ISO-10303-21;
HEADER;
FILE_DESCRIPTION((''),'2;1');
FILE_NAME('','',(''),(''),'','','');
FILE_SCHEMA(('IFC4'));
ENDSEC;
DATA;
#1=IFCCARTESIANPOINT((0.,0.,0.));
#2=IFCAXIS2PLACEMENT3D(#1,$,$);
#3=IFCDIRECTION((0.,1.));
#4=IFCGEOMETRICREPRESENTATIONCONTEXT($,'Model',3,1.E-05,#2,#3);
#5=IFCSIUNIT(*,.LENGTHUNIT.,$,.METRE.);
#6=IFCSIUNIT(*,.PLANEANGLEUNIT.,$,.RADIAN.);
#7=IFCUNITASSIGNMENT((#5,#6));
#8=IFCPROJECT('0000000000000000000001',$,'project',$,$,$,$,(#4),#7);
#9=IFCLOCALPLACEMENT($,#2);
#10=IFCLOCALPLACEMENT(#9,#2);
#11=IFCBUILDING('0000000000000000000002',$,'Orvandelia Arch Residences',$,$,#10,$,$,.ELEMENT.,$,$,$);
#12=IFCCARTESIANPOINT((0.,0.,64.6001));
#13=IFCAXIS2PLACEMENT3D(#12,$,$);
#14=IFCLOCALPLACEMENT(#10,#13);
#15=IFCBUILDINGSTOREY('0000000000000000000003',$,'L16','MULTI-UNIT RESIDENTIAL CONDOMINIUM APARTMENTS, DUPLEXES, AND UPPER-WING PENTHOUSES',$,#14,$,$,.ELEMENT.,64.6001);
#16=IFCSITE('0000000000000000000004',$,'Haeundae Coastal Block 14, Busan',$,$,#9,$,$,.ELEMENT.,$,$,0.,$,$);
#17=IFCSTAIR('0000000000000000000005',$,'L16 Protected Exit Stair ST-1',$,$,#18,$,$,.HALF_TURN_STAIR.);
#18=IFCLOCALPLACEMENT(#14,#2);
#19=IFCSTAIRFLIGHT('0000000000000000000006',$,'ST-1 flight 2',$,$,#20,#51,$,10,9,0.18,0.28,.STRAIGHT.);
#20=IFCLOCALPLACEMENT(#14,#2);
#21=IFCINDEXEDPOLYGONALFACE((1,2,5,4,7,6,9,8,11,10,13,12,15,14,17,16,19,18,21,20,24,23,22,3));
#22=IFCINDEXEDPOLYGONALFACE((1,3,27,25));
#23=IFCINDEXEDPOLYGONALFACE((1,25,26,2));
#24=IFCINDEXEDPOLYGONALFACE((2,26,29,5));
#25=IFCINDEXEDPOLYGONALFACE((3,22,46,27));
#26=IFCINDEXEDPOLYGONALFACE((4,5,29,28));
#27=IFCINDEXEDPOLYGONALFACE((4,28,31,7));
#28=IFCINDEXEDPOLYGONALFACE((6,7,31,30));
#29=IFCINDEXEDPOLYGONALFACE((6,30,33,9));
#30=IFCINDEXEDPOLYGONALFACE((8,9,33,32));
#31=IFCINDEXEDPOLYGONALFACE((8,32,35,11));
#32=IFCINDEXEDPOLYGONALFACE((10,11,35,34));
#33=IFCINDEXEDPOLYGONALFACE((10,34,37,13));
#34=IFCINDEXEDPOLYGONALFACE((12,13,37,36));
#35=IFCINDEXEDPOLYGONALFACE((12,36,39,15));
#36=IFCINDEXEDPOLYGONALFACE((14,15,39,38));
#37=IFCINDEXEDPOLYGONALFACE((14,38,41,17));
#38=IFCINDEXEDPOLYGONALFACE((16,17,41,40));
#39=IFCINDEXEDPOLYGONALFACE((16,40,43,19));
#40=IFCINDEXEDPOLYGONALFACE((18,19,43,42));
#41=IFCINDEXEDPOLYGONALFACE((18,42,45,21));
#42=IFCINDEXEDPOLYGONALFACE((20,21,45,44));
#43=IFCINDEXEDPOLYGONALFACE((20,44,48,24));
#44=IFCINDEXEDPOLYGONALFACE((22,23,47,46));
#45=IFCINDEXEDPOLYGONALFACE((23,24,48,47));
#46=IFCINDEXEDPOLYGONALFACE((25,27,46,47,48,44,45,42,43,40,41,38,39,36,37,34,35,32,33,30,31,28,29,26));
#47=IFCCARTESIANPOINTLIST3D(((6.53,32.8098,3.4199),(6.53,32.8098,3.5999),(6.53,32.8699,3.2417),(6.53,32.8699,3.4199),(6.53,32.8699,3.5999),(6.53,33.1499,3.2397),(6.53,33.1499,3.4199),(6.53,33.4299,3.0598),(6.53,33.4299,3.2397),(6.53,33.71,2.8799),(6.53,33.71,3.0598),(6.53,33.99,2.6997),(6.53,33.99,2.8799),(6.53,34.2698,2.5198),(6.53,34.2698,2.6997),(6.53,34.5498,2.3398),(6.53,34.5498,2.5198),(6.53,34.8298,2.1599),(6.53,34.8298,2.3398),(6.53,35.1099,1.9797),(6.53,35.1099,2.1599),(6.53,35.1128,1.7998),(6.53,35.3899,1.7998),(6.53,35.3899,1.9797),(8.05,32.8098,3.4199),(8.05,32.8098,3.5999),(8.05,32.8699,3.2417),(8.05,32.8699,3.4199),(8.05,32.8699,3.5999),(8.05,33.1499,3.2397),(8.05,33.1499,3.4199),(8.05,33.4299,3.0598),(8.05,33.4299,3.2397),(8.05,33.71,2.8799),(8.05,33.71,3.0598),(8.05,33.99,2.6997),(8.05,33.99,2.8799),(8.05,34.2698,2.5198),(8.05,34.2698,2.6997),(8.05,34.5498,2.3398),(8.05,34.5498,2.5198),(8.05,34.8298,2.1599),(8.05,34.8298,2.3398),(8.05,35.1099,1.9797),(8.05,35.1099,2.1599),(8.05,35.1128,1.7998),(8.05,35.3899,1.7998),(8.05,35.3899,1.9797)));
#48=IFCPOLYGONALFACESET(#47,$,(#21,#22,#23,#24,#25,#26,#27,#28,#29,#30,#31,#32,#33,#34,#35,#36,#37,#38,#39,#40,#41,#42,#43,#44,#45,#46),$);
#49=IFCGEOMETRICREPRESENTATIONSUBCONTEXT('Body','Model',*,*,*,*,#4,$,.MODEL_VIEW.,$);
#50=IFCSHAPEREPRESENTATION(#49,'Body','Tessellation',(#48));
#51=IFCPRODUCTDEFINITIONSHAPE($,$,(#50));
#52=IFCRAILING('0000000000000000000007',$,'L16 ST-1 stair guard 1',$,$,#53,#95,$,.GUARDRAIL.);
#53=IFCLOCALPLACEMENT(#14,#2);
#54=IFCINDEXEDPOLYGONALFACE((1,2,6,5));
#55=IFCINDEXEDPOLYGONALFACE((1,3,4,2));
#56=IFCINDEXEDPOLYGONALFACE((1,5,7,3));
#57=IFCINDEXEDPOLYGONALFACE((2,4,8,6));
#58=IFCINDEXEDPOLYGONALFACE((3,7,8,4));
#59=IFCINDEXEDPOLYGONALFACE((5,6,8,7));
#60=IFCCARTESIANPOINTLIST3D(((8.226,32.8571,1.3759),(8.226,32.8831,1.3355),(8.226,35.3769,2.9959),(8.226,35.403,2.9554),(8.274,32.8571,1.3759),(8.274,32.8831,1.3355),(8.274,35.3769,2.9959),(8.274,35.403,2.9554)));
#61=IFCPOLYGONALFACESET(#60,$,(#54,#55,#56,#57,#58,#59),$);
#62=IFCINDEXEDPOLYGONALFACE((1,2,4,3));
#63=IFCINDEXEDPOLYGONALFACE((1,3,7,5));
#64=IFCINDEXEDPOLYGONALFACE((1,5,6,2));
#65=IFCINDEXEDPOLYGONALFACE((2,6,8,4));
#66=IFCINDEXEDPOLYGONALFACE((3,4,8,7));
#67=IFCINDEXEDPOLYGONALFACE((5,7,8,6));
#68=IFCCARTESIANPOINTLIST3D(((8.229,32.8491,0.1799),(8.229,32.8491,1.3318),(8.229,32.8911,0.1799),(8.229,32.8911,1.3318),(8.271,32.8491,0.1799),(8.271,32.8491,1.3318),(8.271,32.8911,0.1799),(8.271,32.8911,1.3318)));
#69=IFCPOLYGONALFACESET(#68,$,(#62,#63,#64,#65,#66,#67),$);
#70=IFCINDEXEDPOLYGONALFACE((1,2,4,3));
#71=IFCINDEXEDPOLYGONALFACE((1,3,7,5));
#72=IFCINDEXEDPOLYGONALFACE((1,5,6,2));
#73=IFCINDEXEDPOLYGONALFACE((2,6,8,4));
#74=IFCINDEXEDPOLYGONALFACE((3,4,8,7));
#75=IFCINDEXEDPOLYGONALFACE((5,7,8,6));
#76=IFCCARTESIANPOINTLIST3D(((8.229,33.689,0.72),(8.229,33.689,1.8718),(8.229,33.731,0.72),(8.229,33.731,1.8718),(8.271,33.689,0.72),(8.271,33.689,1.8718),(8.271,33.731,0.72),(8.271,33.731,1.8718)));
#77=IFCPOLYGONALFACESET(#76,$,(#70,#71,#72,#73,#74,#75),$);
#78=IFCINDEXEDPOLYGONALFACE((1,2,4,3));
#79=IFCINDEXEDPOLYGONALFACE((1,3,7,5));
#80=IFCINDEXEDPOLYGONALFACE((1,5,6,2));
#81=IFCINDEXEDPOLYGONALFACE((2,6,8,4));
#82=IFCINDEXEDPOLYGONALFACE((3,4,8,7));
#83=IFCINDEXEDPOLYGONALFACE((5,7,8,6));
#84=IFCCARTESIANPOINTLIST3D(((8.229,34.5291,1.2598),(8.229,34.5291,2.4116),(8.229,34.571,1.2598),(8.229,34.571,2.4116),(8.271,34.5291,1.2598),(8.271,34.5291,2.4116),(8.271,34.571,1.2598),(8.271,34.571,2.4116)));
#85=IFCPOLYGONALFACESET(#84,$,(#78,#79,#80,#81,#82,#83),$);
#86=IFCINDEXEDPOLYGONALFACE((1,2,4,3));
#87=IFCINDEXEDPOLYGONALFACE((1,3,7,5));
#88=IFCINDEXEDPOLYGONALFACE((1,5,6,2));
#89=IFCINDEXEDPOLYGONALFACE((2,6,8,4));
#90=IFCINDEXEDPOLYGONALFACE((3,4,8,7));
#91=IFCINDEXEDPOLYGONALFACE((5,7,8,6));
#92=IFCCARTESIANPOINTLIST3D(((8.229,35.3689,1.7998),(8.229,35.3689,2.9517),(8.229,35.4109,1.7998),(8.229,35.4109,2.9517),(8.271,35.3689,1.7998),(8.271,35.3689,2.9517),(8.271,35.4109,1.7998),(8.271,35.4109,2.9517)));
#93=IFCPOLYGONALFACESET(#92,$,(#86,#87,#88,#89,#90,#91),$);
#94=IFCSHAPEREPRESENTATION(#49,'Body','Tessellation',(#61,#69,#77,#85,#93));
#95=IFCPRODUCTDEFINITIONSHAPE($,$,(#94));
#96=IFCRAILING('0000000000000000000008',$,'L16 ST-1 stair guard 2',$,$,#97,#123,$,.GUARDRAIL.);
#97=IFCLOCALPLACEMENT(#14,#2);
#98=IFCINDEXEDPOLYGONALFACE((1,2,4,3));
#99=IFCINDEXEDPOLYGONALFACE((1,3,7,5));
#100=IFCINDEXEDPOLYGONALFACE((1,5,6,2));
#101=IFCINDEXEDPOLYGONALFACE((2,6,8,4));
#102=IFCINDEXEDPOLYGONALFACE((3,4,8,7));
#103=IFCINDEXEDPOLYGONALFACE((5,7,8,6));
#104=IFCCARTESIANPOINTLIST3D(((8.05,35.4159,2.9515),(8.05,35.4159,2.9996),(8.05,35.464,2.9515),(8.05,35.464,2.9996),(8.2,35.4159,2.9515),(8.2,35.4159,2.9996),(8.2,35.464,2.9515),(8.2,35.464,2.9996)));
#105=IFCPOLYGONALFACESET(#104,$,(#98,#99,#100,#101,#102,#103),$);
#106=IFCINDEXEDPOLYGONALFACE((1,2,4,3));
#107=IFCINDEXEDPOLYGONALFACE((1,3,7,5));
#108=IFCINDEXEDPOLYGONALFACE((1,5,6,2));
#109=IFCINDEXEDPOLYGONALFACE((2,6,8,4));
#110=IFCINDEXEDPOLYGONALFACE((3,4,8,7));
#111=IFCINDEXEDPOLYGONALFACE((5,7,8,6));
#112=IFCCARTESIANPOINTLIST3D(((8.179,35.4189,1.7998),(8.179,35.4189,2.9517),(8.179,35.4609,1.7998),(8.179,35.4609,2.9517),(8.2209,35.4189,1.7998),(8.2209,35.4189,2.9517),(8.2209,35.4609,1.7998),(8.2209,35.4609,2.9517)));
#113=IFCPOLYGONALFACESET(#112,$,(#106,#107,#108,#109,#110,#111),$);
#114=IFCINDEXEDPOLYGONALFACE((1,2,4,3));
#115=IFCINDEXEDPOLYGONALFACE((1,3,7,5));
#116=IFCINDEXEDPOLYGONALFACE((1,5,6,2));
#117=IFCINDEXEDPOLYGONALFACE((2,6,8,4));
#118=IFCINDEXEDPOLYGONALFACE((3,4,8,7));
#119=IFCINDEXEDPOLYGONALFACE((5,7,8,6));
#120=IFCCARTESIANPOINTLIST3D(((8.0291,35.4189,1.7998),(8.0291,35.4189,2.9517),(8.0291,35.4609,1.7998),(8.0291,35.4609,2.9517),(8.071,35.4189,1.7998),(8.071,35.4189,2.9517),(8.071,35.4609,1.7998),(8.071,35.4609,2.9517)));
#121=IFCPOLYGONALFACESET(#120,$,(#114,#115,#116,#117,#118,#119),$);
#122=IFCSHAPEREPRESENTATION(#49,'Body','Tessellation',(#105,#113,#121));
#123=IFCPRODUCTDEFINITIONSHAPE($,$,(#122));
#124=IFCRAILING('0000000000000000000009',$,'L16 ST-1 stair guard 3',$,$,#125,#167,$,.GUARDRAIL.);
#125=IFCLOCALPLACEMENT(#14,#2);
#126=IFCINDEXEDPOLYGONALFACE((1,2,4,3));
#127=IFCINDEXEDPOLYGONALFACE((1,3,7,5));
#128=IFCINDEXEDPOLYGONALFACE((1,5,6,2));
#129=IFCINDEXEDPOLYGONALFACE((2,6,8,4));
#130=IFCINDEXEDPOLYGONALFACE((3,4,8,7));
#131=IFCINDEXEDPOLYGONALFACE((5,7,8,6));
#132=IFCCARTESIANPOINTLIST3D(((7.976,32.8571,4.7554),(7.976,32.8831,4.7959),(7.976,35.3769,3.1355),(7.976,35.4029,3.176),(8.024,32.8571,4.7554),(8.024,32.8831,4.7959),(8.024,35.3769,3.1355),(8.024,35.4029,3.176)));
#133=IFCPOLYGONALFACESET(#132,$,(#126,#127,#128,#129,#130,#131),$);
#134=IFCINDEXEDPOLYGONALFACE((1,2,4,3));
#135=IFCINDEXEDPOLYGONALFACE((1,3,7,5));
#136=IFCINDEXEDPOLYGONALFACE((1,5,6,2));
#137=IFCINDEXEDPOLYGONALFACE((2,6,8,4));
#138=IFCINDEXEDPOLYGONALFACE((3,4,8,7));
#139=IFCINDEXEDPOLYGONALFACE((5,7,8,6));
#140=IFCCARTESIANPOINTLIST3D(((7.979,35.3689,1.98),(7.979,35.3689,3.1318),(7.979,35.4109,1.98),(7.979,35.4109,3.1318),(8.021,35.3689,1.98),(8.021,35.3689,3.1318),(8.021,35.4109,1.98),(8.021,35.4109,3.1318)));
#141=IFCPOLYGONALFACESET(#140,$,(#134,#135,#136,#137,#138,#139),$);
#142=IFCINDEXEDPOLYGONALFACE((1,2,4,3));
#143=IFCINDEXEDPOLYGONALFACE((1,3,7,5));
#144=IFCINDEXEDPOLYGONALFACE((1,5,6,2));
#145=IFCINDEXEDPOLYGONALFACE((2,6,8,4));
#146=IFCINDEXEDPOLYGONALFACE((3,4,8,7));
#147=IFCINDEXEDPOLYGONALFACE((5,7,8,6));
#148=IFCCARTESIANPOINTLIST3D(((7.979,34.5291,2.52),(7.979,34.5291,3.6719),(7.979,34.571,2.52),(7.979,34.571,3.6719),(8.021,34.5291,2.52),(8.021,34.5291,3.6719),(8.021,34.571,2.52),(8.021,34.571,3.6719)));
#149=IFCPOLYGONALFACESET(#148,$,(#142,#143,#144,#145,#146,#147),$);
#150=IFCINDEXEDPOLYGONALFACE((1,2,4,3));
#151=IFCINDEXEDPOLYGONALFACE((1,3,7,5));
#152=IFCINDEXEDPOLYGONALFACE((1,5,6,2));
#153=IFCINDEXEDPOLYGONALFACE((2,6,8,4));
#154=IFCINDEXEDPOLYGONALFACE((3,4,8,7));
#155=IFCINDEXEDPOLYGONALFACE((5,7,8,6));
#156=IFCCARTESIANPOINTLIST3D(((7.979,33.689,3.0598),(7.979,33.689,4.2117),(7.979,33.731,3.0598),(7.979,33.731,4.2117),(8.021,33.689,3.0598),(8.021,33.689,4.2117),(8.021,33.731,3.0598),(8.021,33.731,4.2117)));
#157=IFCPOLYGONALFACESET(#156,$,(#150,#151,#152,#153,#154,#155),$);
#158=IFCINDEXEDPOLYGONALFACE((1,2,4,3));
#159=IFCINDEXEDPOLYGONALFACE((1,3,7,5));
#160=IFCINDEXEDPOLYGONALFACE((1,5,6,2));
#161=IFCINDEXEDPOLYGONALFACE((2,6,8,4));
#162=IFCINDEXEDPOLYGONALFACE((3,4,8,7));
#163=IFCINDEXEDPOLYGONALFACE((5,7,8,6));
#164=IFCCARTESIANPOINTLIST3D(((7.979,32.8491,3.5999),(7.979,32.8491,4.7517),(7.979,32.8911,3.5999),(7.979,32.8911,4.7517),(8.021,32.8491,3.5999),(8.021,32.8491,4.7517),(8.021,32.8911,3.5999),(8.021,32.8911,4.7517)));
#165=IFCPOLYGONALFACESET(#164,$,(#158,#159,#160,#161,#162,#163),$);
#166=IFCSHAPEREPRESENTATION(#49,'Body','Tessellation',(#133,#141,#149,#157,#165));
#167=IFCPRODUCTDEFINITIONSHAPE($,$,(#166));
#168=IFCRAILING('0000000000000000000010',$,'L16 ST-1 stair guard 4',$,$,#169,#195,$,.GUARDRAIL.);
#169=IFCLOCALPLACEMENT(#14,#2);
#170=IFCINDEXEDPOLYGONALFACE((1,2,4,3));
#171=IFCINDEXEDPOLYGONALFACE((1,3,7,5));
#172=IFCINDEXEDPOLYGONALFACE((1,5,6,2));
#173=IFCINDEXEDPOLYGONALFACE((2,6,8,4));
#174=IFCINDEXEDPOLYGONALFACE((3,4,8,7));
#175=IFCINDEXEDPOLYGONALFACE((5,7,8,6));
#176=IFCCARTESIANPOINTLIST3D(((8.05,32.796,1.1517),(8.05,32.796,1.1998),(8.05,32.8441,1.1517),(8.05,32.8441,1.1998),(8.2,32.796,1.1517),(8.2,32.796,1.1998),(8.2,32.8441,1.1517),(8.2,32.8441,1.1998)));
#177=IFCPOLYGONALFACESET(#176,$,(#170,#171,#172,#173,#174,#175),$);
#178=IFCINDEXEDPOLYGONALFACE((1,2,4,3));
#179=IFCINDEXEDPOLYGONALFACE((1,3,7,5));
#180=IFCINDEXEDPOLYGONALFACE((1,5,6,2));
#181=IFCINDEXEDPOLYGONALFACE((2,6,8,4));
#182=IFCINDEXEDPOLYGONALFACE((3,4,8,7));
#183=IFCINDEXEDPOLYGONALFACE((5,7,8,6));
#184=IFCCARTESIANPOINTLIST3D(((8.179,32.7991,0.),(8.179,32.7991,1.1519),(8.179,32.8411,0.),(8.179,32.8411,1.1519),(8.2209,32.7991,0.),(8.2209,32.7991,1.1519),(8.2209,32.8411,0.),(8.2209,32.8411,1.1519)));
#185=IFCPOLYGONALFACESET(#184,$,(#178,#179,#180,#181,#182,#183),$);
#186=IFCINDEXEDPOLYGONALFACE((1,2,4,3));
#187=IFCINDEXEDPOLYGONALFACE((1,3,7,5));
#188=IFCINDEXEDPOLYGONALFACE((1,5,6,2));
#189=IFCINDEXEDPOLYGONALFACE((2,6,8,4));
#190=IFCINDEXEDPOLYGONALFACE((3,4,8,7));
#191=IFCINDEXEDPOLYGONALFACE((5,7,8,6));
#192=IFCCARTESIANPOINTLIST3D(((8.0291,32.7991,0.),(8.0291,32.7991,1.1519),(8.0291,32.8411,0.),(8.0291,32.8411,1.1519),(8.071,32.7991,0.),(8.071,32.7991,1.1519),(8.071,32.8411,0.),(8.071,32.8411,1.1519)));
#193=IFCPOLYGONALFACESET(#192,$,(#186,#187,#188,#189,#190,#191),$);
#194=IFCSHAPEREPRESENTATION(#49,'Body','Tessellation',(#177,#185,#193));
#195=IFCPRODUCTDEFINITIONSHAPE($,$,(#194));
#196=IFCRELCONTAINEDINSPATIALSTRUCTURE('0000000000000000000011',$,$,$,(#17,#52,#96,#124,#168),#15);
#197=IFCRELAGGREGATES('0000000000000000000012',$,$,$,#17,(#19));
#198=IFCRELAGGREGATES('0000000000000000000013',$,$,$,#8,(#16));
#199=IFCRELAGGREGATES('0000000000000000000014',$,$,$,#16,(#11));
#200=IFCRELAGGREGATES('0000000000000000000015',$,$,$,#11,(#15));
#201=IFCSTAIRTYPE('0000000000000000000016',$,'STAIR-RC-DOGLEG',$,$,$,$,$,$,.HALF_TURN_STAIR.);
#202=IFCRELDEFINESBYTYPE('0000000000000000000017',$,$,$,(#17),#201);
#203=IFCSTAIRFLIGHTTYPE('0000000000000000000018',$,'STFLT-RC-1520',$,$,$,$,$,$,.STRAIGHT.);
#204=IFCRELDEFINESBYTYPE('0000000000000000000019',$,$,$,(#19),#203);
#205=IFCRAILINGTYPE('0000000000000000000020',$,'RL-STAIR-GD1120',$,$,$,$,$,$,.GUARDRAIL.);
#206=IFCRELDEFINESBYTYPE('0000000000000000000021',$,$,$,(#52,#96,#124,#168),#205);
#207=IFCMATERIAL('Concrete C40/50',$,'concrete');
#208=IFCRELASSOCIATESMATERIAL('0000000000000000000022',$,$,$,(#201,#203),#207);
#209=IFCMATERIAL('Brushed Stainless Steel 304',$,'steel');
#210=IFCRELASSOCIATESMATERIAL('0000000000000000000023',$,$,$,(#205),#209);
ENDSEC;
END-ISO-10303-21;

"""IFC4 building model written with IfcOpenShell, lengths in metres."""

from ifc_helpers import new_model, si_unit, direction, frame, origin, origin_2d, place, context, subcontext, project, spatial, polyline, rectangle, outline, extrude, material, type_object, element, aggregate, save


model = new_model("IFC4")

# Units and contexts
model_context = context("Model", 3, precision=1e-05, world=origin(), true_north=direction((0.0, 1.0)))
body_context = subcontext(model_context, "Body", "Model", "MODEL_VIEW")
ifc_project = project(units=[si_unit("LENGTHUNIT", "METRE"), si_unit("PLANEANGLEUNIT", "RADIAN")], contexts=[model_context])

# Site, building, storey
site_placement = place(None, origin())
site = spatial("IfcSite", under=ifc_project, at=site_placement, Name="Haeundae Coastal Block 14, Busan", CompositionType="ELEMENT", RefElevation=0.0)
building_placement = place(site_placement, origin())
building = spatial("IfcBuilding", under=site, at=building_placement, Name="Orvandelia Arch Residences", CompositionType="ELEMENT")
storey_placement = place(building_placement, frame((0.0, 0.0, 64.6001)))
storey = spatial("IfcBuildingStorey", under=building, at=storey_placement, Name="L16", Description="MULTI-UNIT RESIDENTIAL CONDOMINIUM APARTMENTS, DUPLEXES, AND UPPER-WING PENTHOUSES", CompositionType="ELEMENT", Elevation=64.6001)

# Stair, stair flight
ifc_material_1 = material(Name="Concrete C40/50", Category="concrete")
stair_type = type_object("IfcStairType", Name="STAIR-RC-DOGLEG", PredefinedType="HALF_TURN_STAIR", material=ifc_material_1)
stair_placement = place(storey_placement, origin())
stair = element("IfcStair", 1, at=stair_placement, inside=storey, type_object=stair_type, Name="L16 Protected Exit Stair ST-1", PredefinedType="HALF_TURN_STAIR")
stair_flight_type = type_object("IfcStairFlightType", Name="STFLT-RC-1520", PredefinedType="STRAIGHT", material=ifc_material_1)
stair_flight_1_placement = place(storey_placement, frame((7.29, 35.3899, 1.7998), z_axis=(0.0, 0.0, 1.0), x_axis=(0.0, -1.0, 0.0)))
stair_flight_1 = element("IfcStairFlight", 2, at=stair_flight_1_placement, type_object=stair_flight_type, Name="ST-1 flight 2", NumberOfRisers=10, NumberOfTreads=9, PredefinedType="STRAIGHT", RiserHeight=0.18, TreadLength=0.28, context=body_context, shape_type="SweptSolid", body=[
    extrude(outline(polyline([(0.0, 0.0), (0.0, 0.1799), (0.28, 0.1799), (0.28, 0.3601), (0.5601, 0.3601), (0.5601, 0.54), (0.8401, 0.54), (0.8401, 0.72), (1.1201, 0.72), (1.1201, 0.8999), (1.3999, 0.8999), (1.3999, 1.0801), (1.6799, 1.0801), (1.6799, 1.26), (1.96, 1.26), (1.96, 1.4399), (2.24, 1.4399), (2.24, 1.6201), (2.52, 1.6201), (2.52, 1.8), (2.5801, 1.8), (2.5801, 1.6201), (2.52, 1.4419), (0.2771, 0.0), (0.0, 0.0)])), frame((0.0, 0.76, 0.0), z_axis=(0.0, -1.0, 0.0), x_axis=(1.0, 0.0, 0.0)), (0.0, 0.0, 1.0), 1.52),
])
aggregate(stair, [stair_flight_1])

# Railings
ifc_material_2 = material(Name="Brushed Stainless Steel 304", Category="steel")
railing_type_1 = type_object("IfcRailingType", Name="RL-STAIR-GD1120", PredefinedType="GUARDRAIL", material=ifc_material_2)
railing_1_placement = place(storey_placement, frame((8.25, 32.8701, 0.1799)))
element("IfcRailing", 3, at=railing_1_placement, inside=storey, type_object=railing_type_1, Name="L16 ST-1 stair guard 1", PredefinedType="GUARDRAIL", context=body_context, shape_type="SweptSolid", body=[
    extrude(rectangle(XDim=0.0481, YDim=0.0481, at=origin_2d()), frame((0.0, 0.0, 1.1758), z_axis=(0.0, 0.841176, 0.540762), x_axis=(-1.0, 0.0, 0.0)), (0.0, 0.0, 1.0), 2.9956),
    extrude(rectangle(XDim=0.042, YDim=0.042, at=origin_2d()), origin(), (0.0, 0.0, 1.0), 1.1519),
    extrude(rectangle(XDim=0.042, YDim=0.042, at=origin_2d()), frame((0.0, 0.8398, 0.54)), (0.0, 0.0, 1.0), 1.1519),
    extrude(rectangle(XDim=0.042, YDim=0.042, at=origin_2d()), frame((0.0, 1.6799, 1.0798)), (0.0, 0.0, 1.0), 1.1519),
    extrude(rectangle(XDim=0.042, YDim=0.042, at=origin_2d()), frame((0.0, 2.5198, 1.6199)), (0.0, 0.0, 1.0), 1.1519),
])
railing_2_placement = place(storey_placement, frame((8.2, 35.4399, 1.7998)))
element("IfcRailing", 4, at=railing_2_placement, inside=storey, type_object=railing_type_1, Name="L16 ST-1 stair guard 2", PredefinedType="GUARDRAIL", context=body_context, shape_type="SweptSolid", body=[
    extrude(rectangle(XDim=0.0481, YDim=0.0481, at=origin_2d()), frame((0.0, 0.0, 1.1758), z_axis=(-1.0, 0.0, 0.0), x_axis=(0.0, -1.0, 0.0)), (0.0, 0.0, 1.0), 0.1499),
    extrude(rectangle(XDim=0.042, YDim=0.042, at=origin_2d()), origin(), (0.0, 0.0, 1.0), 1.1519),
    extrude(rectangle(XDim=0.042, YDim=0.042, at=origin_2d()), frame((-0.1499, 0.0, 0.0)), (0.0, 0.0, 1.0), 1.1519),
])
railing_3_placement = place(storey_placement, frame((8.0, 35.3899, 1.98)))
element("IfcRailing", 5, at=railing_3_placement, inside=storey, type_object=railing_type_1, Name="L16 ST-1 stair guard 3", PredefinedType="GUARDRAIL", context=body_context, shape_type="SweptSolid", body=[
    extrude(rectangle(XDim=0.0481, YDim=0.0481, at=origin_2d()), frame((0.0, 0.0, 1.1758), z_axis=(0.0, -0.841176, 0.540762), x_axis=(1.0, 0.0, 0.0)), (0.0, 0.0, 1.0), 2.9956),
    extrude(rectangle(XDim=0.042, YDim=0.042, at=origin_2d()), origin(), (0.0, 0.0, 1.0), 1.1519),
    extrude(rectangle(XDim=0.042, YDim=0.042, at=origin_2d()), frame((0.0, -0.8398, 0.54)), (0.0, 0.0, 1.0), 1.1519),
    extrude(rectangle(XDim=0.042, YDim=0.042, at=origin_2d()), frame((0.0, -1.6799, 1.0798)), (0.0, 0.0, 1.0), 1.1519),
    extrude(rectangle(XDim=0.042, YDim=0.042, at=origin_2d()), frame((0.0, -2.5198, 1.6199)), (0.0, 0.0, 1.0), 1.1519),
])
railing_4_placement = place(storey_placement, frame((8.2, 32.8201, 0.0)))
element("IfcRailing", 6, at=railing_4_placement, inside=storey, type_object=railing_type_1, Name="L16 ST-1 stair guard 4", PredefinedType="GUARDRAIL", context=body_context, shape_type="SweptSolid", body=[
    extrude(rectangle(XDim=0.0481, YDim=0.0481, at=origin_2d()), frame((0.0, 0.0, 1.1758), z_axis=(-1.0, 0.0, 0.0), x_axis=(0.0, -1.0, 0.0)), (0.0, 0.0, 1.0), 0.1499),
    extrude(rectangle(XDim=0.042, YDim=0.042, at=origin_2d()), origin(), (0.0, 0.0, 1.0), 1.1519),
    extrude(rectangle(XDim=0.042, YDim=0.042, at=origin_2d()), frame((-0.1499, 0.0, 0.0)), (0.0, 0.0, 1.0), 1.1519),
])

save(model, "model.ifc")
